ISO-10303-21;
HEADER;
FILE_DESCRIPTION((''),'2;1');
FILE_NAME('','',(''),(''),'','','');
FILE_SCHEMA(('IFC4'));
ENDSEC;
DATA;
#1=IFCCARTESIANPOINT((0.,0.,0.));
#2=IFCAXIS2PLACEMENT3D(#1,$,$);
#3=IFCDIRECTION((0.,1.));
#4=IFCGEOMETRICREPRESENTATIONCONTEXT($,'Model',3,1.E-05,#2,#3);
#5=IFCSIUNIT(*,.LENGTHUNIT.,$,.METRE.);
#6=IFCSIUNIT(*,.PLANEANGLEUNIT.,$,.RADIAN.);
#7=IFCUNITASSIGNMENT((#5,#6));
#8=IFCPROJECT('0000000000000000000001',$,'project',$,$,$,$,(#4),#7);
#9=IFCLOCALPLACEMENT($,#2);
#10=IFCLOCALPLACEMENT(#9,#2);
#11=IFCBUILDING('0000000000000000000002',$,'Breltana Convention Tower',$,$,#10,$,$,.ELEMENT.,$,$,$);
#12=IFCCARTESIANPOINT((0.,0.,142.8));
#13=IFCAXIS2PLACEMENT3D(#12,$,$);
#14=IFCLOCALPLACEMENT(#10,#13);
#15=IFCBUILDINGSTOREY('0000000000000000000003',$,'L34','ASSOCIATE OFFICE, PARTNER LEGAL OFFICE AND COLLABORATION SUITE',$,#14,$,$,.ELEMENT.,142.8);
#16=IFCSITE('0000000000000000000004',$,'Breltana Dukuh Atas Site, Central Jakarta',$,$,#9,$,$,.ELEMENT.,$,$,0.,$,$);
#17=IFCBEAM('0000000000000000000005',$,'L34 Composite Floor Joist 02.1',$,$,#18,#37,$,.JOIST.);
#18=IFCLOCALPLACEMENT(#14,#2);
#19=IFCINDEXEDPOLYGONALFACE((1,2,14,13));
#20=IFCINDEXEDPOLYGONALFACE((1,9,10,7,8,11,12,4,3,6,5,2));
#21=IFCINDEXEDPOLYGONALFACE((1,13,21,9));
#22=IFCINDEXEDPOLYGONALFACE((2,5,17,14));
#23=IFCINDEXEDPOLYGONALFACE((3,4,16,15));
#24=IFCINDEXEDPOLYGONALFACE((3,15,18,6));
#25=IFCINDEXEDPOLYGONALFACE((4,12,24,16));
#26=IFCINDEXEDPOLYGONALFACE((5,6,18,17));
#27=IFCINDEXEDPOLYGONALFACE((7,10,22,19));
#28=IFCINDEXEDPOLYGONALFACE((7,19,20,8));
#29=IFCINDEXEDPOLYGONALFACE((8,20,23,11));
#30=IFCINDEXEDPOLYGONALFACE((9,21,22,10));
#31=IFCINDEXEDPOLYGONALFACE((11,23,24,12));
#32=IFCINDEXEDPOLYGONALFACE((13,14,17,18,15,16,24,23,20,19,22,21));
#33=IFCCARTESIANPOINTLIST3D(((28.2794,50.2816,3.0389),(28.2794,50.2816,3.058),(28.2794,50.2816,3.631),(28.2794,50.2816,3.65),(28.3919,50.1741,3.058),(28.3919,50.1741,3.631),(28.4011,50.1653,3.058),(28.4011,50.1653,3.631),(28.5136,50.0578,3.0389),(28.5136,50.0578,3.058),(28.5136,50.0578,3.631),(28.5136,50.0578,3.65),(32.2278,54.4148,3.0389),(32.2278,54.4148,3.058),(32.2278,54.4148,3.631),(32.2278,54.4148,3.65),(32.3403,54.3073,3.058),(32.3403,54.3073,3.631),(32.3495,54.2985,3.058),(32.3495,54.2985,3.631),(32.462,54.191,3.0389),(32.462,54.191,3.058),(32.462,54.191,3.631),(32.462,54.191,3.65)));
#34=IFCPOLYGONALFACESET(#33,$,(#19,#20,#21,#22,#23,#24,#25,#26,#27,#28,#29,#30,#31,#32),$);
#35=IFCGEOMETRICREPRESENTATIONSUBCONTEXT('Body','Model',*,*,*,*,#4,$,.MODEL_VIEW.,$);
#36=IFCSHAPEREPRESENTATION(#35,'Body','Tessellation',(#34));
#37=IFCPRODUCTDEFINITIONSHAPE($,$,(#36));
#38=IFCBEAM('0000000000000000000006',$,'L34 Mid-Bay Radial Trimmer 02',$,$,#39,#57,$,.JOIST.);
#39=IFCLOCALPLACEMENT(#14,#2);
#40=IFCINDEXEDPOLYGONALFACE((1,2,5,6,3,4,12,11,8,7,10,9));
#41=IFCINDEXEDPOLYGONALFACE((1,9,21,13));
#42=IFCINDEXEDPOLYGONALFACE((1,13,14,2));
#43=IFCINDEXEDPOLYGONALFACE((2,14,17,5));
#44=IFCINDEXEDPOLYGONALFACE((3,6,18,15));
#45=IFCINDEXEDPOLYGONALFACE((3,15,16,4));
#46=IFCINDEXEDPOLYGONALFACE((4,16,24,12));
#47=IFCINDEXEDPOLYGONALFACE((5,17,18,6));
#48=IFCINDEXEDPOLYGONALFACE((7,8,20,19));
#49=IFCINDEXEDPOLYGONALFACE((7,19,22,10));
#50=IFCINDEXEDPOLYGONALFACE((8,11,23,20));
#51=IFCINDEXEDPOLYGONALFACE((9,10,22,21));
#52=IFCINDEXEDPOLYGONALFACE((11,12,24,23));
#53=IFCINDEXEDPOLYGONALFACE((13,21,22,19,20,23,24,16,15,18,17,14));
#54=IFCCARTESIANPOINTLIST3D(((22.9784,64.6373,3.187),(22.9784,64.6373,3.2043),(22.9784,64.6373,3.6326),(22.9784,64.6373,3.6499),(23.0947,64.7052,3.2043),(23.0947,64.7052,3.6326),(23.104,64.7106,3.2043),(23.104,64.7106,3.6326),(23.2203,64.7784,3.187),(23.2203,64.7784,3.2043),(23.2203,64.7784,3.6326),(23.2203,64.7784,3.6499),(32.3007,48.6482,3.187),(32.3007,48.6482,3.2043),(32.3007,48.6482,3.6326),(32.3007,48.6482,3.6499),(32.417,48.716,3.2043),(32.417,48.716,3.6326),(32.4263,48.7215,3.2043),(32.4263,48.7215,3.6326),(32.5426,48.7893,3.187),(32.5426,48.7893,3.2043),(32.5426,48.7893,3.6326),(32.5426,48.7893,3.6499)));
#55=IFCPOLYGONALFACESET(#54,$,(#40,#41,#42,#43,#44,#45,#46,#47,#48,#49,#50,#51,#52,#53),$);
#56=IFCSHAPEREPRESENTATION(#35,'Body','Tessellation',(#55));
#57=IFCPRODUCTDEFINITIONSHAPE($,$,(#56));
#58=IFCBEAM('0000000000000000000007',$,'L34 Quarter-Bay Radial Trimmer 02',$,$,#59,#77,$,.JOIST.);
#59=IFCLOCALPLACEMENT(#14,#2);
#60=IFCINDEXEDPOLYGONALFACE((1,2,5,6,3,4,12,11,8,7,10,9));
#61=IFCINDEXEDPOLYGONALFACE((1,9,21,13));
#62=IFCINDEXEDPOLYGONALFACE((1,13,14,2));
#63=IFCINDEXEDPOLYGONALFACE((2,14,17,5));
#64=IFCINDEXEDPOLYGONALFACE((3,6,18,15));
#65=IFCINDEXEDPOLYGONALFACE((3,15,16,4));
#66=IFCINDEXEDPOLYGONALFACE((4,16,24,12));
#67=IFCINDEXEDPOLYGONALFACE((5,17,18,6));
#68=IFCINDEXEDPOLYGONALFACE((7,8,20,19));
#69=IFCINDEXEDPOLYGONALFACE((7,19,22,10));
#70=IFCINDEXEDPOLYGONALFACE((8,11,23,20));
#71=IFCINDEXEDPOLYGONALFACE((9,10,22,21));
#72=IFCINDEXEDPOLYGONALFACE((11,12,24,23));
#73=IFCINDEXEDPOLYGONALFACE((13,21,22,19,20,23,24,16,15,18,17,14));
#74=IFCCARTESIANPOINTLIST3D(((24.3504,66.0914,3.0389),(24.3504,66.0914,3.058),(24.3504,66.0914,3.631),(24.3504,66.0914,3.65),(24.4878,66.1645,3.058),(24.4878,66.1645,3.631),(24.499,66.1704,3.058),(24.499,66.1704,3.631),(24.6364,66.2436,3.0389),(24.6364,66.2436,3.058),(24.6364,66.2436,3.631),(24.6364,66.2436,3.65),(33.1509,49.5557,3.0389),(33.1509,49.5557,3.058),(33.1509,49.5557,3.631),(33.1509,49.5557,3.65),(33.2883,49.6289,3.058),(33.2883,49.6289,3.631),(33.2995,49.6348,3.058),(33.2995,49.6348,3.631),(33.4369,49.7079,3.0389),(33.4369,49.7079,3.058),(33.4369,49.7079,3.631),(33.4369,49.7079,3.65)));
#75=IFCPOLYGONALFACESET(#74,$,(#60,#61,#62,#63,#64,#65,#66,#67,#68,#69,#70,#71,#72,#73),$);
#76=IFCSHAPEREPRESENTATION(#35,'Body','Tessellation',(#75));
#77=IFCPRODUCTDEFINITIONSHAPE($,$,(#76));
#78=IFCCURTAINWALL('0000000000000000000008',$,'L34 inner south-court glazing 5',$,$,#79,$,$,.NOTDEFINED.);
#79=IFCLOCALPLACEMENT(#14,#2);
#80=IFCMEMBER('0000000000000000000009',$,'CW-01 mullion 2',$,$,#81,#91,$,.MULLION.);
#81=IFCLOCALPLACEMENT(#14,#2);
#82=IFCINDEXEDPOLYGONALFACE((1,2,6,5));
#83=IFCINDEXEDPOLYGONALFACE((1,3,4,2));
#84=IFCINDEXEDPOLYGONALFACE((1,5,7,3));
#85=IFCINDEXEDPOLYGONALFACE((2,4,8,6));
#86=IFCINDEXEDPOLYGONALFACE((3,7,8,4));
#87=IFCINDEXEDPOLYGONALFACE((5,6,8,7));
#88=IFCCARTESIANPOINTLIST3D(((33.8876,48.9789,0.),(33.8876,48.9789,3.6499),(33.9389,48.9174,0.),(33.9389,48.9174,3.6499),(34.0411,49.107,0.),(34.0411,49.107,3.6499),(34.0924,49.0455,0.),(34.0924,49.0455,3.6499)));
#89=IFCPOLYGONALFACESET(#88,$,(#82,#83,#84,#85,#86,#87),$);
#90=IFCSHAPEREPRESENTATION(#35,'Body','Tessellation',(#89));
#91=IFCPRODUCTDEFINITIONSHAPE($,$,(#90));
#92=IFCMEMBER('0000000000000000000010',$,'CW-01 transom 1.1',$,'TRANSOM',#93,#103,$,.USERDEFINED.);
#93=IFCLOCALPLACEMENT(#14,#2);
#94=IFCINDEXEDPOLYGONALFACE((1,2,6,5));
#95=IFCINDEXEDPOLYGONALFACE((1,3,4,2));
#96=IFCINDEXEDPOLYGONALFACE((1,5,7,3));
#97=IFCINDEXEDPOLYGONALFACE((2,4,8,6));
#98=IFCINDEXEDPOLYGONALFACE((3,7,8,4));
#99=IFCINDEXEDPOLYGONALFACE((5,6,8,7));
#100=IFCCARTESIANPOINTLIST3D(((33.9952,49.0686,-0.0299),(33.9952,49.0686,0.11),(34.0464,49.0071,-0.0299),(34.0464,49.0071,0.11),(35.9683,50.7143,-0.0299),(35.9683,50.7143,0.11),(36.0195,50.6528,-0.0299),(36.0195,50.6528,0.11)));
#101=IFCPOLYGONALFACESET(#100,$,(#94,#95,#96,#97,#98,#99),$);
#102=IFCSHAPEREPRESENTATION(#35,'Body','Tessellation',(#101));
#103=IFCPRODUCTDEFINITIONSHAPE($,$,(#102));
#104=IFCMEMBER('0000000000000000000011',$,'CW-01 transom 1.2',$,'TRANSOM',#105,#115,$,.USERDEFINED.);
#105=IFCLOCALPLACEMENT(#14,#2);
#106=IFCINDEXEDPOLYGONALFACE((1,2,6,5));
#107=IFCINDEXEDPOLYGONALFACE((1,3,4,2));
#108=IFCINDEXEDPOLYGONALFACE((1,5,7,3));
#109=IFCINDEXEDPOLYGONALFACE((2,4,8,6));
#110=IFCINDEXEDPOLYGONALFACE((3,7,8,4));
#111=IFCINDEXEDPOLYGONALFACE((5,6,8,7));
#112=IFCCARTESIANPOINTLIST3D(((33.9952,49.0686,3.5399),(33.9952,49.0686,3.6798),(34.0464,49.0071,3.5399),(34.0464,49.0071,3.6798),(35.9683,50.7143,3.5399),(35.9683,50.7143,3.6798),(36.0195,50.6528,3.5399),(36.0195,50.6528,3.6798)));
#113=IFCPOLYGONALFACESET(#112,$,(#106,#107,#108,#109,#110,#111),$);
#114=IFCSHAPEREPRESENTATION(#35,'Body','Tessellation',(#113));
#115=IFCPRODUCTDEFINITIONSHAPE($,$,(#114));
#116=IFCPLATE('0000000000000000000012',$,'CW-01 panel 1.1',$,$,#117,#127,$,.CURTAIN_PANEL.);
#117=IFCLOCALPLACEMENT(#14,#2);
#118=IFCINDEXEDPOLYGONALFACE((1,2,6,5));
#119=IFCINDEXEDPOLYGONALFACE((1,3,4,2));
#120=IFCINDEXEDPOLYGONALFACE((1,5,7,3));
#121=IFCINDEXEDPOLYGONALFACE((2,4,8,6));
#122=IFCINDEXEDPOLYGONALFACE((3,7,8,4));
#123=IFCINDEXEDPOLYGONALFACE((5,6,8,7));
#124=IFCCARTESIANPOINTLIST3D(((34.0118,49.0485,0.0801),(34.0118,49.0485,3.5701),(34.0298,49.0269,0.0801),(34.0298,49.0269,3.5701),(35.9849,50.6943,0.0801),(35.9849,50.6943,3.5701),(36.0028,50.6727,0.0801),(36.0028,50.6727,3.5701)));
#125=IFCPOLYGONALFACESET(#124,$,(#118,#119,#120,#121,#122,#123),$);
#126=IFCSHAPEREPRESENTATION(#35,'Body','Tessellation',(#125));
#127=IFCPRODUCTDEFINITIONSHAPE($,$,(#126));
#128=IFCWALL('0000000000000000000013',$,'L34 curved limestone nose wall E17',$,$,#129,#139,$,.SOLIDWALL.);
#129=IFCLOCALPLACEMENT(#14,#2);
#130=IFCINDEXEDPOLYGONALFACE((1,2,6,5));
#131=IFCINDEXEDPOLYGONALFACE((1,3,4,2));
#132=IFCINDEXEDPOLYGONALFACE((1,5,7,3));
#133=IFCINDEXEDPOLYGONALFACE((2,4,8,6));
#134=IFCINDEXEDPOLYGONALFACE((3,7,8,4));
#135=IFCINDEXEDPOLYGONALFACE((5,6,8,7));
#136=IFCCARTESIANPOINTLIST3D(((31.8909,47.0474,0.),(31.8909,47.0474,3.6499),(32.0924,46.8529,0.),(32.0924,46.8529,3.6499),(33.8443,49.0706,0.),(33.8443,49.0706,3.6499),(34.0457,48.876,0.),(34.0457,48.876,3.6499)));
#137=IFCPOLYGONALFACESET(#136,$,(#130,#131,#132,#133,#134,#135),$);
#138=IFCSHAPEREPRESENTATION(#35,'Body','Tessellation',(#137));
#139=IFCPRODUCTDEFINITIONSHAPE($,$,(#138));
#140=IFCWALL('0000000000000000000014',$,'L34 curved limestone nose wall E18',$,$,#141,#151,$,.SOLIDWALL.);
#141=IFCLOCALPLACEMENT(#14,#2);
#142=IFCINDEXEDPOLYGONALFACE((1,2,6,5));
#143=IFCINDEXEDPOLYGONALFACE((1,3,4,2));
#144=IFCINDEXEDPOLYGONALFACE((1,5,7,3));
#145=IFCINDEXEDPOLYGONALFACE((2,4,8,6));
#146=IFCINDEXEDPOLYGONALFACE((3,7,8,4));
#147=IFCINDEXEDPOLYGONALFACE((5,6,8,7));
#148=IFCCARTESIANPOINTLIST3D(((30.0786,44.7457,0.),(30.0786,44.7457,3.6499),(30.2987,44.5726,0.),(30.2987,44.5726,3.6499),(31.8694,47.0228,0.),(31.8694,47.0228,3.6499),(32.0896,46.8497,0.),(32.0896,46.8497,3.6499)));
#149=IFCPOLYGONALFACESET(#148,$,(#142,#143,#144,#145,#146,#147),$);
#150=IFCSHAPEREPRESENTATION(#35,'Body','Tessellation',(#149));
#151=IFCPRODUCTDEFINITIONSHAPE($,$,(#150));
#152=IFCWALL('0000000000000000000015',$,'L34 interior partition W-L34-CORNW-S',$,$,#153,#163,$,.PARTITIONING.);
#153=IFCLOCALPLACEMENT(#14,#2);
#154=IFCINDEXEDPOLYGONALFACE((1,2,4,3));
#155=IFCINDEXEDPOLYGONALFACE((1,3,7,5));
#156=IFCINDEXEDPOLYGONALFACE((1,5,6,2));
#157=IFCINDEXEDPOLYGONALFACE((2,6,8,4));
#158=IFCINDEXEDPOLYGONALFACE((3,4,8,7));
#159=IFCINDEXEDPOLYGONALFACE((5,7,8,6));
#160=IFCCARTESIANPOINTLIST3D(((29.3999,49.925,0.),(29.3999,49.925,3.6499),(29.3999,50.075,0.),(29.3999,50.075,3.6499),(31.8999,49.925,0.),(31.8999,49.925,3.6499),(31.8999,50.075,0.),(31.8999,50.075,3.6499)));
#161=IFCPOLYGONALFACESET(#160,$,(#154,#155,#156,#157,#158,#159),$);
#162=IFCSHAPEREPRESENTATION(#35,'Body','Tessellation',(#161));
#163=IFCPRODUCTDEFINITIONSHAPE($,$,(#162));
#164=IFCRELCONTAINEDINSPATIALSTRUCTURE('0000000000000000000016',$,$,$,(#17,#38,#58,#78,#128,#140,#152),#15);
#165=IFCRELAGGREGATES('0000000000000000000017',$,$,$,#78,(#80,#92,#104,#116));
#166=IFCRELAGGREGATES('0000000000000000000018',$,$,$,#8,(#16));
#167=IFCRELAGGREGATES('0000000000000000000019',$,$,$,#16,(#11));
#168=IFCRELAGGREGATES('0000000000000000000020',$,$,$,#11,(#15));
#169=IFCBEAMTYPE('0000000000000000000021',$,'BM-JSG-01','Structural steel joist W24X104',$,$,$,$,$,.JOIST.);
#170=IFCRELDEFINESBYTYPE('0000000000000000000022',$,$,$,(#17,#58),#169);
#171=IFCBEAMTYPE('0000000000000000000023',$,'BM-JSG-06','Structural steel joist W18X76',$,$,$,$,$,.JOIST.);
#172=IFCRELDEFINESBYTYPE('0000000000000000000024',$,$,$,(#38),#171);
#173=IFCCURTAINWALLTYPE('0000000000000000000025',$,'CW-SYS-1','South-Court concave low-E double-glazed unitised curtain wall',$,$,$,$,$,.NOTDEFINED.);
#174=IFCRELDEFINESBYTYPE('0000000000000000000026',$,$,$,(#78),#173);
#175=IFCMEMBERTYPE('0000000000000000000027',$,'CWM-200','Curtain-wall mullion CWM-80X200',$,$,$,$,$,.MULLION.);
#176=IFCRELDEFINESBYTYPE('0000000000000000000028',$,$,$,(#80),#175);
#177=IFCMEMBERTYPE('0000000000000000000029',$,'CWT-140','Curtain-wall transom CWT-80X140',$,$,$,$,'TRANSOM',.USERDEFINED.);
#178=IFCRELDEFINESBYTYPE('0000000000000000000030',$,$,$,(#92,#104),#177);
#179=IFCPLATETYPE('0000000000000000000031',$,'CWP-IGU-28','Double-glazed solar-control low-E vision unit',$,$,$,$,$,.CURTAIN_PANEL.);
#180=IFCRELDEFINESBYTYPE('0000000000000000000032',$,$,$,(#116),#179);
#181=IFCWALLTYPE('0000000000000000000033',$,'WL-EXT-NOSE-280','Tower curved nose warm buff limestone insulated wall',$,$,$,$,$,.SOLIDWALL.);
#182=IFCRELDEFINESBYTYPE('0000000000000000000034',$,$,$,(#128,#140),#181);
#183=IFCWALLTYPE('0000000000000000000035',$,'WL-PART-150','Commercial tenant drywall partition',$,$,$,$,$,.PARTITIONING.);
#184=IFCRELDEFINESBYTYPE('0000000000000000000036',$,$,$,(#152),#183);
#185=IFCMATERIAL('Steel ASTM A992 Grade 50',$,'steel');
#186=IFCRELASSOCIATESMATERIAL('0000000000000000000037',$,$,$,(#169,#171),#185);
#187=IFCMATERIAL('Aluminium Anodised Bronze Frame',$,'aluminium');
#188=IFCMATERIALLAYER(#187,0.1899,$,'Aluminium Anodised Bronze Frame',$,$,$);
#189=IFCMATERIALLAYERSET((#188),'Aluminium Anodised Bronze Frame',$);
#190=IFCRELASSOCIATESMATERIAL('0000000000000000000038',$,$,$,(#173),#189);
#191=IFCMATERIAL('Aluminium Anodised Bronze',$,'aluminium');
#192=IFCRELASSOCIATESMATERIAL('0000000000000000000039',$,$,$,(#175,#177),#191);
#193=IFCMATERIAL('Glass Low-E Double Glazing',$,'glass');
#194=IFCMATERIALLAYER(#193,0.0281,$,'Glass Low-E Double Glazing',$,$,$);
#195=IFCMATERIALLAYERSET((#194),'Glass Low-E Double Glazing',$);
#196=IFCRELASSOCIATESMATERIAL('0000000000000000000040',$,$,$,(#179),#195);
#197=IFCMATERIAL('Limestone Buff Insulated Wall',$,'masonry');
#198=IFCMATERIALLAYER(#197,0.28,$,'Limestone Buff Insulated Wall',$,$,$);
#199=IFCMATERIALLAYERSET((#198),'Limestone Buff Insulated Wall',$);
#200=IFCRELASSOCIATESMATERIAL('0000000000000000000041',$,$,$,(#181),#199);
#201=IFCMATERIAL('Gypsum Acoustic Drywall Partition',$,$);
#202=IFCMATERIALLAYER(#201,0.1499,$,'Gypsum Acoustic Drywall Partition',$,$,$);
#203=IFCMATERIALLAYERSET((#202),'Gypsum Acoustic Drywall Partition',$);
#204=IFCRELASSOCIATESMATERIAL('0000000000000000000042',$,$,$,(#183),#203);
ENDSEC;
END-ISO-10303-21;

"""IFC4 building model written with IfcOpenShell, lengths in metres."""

from ifc_helpers import new_model, si_unit, direction, frame, frame_2d, origin, origin_2d, place, context, subcontext, project, spatial, rectangle, i_section, extrude, source, transform, mapped, material, layer, layer_set, material_profile, profile_set, type_object, element, aggregate, save


model = new_model("IFC4")

# Units and contexts
model_context = context("Model", 3, precision=1e-05, world=origin(), true_north=direction((0.0, 1.0)))
body_context = subcontext(model_context, "Body", "Model", "MODEL_VIEW")
ifc_project = project(units=[si_unit("LENGTHUNIT", "METRE"), si_unit("PLANEANGLEUNIT", "RADIAN")], contexts=[model_context])

# Site, building, storey
site_placement = place(None, origin())
site = spatial("IfcSite", under=ifc_project, at=site_placement, Name="Breltana Dukuh Atas Site, Central Jakarta", CompositionType="ELEMENT", RefElevation=0.0)
building_placement = place(site_placement, origin())
building = spatial("IfcBuilding", under=site, at=building_placement, Name="Breltana Convention Tower", CompositionType="ELEMENT")
storey_placement = place(building_placement, frame((0.0, 0.0, 142.8)))
storey = spatial("IfcBuildingStorey", under=building, at=storey_placement, Name="L34", Description="ASSOCIATE OFFICE, PARTNER LEGAL OFFICE AND COLLABORATION SUITE", CompositionType="ELEMENT", Elevation=142.8)

# Beams
ifc_material_1 = material(Name="Steel ASTM A992 Grade 50", Category="steel")
ifc_material_profile_1 = material_profile(ifc_material_1, i_section(OverallWidth=0.324, OverallDepth=0.6111, WebThickness=0.0127, FlangeThickness=0.019, at=origin_2d()), Name="W24X104")
ifc_profile_set_1 = profile_set([ifc_material_profile_1], Name="Steel ASTM A992 Grade 50")
beam_type_1 = type_object("IfcBeamType", Name="BM-JSG-01", Description="Structural steel joist W24X104", PredefinedType="JOIST", material=ifc_profile_set_1)
shared_shape_1 = source(origin(), body_context, "Body", "SweptSolid", [
    extrude(i_section(OverallWidth=0.324, OverallDepth=0.6111, WebThickness=0.0127, FlangeThickness=0.019, at=origin_2d()), origin(), (0.0, 0.0, 1.0), 5.7161),
])
beam_1_placement = place(storey_placement, frame((28.3965, 50.1697, 3.3445), z_axis=(0.690756, 0.723088, 0.0), x_axis=(-0.723088, 0.690756, 0.0)))
element("IfcBeam", 1, at=beam_1_placement, inside=storey, type_object=beam_type_1, Name="L34 Composite Floor Joist 02.1", PredefinedType="JOIST", context=body_context, shape_type="MappedRepresentation", body=[
    mapped(shared_shape_1, transform((0.0, 0.0, 0.0), scale=1.0)),
])
ifc_material_profile_2 = material_profile(ifc_material_1, i_section(OverallWidth=0.28, OverallDepth=0.4629, WebThickness=0.0107, FlangeThickness=0.0173, at=origin_2d()), Name="W18X76")
ifc_profile_set_2 = profile_set([ifc_material_profile_2], Name="Steel ASTM A992 Grade 50")
beam_type_2 = type_object("IfcBeamType", Name="BM-JSG-06", Description="Structural steel joist W18X76", PredefinedType="JOIST", material=ifc_profile_set_2)
shared_shape_2 = source(origin(), body_context, "Body", "SweptSolid", [
    extrude(i_section(OverallWidth=0.28, OverallDepth=0.4629, WebThickness=0.0107, FlangeThickness=0.0173, at=origin_2d()), origin(), (0.0, 0.0, 1.0), 18.5083),
])
beam_2_placement = place(storey_placement, frame((32.4216, 48.7188, 3.4185), z_axis=(-0.503683, 0.863888, 0.0), x_axis=(-0.863888, -0.503683, 0.0)))
element("IfcBeam", 2, at=beam_2_placement, inside=storey, type_object=beam_type_2, Name="L34 Mid-Bay Radial Trimmer 02", PredefinedType="JOIST", context=body_context, shape_type="MappedRepresentation", body=[
    mapped(shared_shape_2, transform((0.0, 0.0, 0.0), scale=1.0)),
])
shared_shape_3 = source(origin(), body_context, "Body", "SweptSolid", [
    extrude(i_section(OverallWidth=0.324, OverallDepth=0.6111, WebThickness=0.0127, FlangeThickness=0.019, at=origin_2d()), origin(), (0.0, 0.0, 1.0), 18.7317),
])
beam_3_placement = place(storey_placement, frame((33.2939, 49.6318, 3.3445), z_axis=(-0.46982, 0.882762, 0.0), x_axis=(-0.882762, -0.46982, 0.0)))
element("IfcBeam", 3, at=beam_3_placement, inside=storey, type_object=beam_type_1, Name="L34 Quarter-Bay Radial Trimmer 02", PredefinedType="JOIST", context=body_context, shape_type="MappedRepresentation", body=[
    mapped(shared_shape_3, transform((0.0, 0.0, 0.0), scale=1.0)),
])

# Curtain wall, members, plate
ifc_material_2 = material(Name="Aluminium Anodised Bronze Frame", Category="aluminium")
ifc_layer_1 = layer(ifc_material_2, 0.1899, Name="Aluminium Anodised Bronze Frame")
ifc_layer_set_1 = layer_set([ifc_layer_1], Name="Aluminium Anodised Bronze Frame")
curtain_wall_type = type_object("IfcCurtainWallType", Name="CW-SYS-1", Description="South-Court concave low-E double-glazed unitised curtain wall", PredefinedType="NOTDEFINED", material=ifc_layer_set_1)
curtain_wall_placement = place(storey_placement, origin())
curtain_wall = element("IfcCurtainWall", 4, at=curtain_wall_placement, inside=storey, type_object=curtain_wall_type, Name="L34 inner south-court glazing 5", PredefinedType="NOTDEFINED")
ifc_material_3 = material(Name="Aluminium Anodised Bronze", Category="aluminium")
ifc_material_profile_3 = material_profile(ifc_material_3, rectangle(XDim=0.0801, YDim=0.2, at=origin_2d()), Name="CWM-80X200")
ifc_profile_set_3 = profile_set([ifc_material_profile_3], Name="Aluminium Anodised Bronze")
member_type_1 = type_object("IfcMemberType", Name="CWM-200", Description="Curtain-wall mullion CWM-80X200", PredefinedType="MULLION", material=ifc_profile_set_3)
shared_shape_4 = source(origin(), body_context, "Body", "SweptSolid", [
    extrude(rectangle(XDim=0.0801, YDim=0.2, at=origin_2d()), origin(), (0.0, 0.0, 1.0), 3.6499),
])
member_1_placement = place(storey_placement, frame((33.99, 49.0122, 0.0), z_axis=(0.0, 0.0, 1.0), x_axis=(0.640537, -0.767927, 0.0)))
member_1 = element("IfcMember", 5, at=member_1_placement, type_object=member_type_1, Name="CW-01 mullion 2", PredefinedType="MULLION", context=body_context, shape_type="MappedRepresentation", body=[
    mapped(shared_shape_4, transform((0.0, 0.0, 0.0), scale=1.0)),
])
ifc_material_profile_4 = material_profile(ifc_material_3, rectangle(XDim=0.0801, YDim=0.1399, at=origin_2d()), Name="CWT-80X140")
ifc_profile_set_4 = profile_set([ifc_material_profile_4], Name="Aluminium Anodised Bronze")
member_type_2 = type_object("IfcMemberType", Name="CWT-140", Description="Curtain-wall transom CWT-80X140", ElementType="TRANSOM", PredefinedType="USERDEFINED", material=ifc_profile_set_4)
shared_shape_5 = source(origin(), body_context, "Body", "SweptSolid", [
    extrude(rectangle(XDim=0.0801, YDim=0.1399, at=origin_2d()), origin(), (0.0, 0.0, 1.0), 2.5693),
])
member_2_placement = place(storey_placement, frame((35.9939, 50.6836, 0.04), z_axis=(-0.767941, -0.640521, 0.0), x_axis=(0.640521, -0.767941, 0.0)))
member_2 = element("IfcMember", 6, at=member_2_placement, type_object=member_type_2, Name="CW-01 transom 1.1", ObjectType="TRANSOM", PredefinedType="USERDEFINED", context=body_context, shape_type="MappedRepresentation", body=[
    mapped(shared_shape_5, transform((0.0, 0.0, 0.0), scale=1.0)),
])
member_3_placement = place(storey_placement, frame((35.9939, 50.6836, 3.6099), z_axis=(-0.767941, -0.640521, 0.0), x_axis=(0.640521, -0.767941, 0.0)))
member_3 = element("IfcMember", 7, at=member_3_placement, type_object=member_type_2, Name="CW-01 transom 1.2", ObjectType="TRANSOM", PredefinedType="USERDEFINED", context=body_context, shape_type="MappedRepresentation", body=[
    mapped(shared_shape_5, transform((0.0, 0.0, 0.0), scale=1.0)),
])
ifc_material_4 = material(Name="Glass Low-E Double Glazing", Category="glass")
ifc_layer_2 = layer(ifc_material_4, 0.0281, Name="Glass Low-E Double Glazing")
ifc_layer_set_2 = layer_set([ifc_layer_2], Name="Glass Low-E Double Glazing")
plate_type = type_object("IfcPlateType", Name="CWP-IGU-28", Description="Double-glazed solar-control low-E vision unit", PredefinedType="CURTAIN_PANEL", material=ifc_layer_set_2)
shared_shape_6 = source(origin(), body_context, "Body", "SweptSolid", [
    extrude(rectangle(XDim=2.5693, YDim=0.0281, at=origin_2d()), origin(), (0.0, 0.0, 1.0), 3.49),
])
plate_placement = place(storey_placement, frame((35.0073, 49.8606, 0.0801), z_axis=(0.0, 0.0, 1.0), x_axis=(-0.767927, -0.640537, 0.0)))
plate = element("IfcPlate", 8, at=plate_placement, type_object=plate_type, Name="CW-01 panel 1.1", PredefinedType="CURTAIN_PANEL", context=body_context, shape_type="MappedRepresentation", body=[
    mapped(shared_shape_6, transform((0.0, 0.0, 0.0), scale=1.0)),
])
aggregate(curtain_wall, [member_1, member_2, member_3, plate])

# Walls
ifc_material_5 = material(Name="Limestone Buff Insulated Wall", Category="masonry")
ifc_layer_3 = layer(ifc_material_5, 0.28, Name="Limestone Buff Insulated Wall")
ifc_layer_set_3 = layer_set([ifc_layer_3], Name="Limestone Buff Insulated Wall")
wall_type_1 = type_object("IfcWallType", Name="WL-EXT-NOSE-280", Description="Tower curved nose warm buff limestone insulated wall", PredefinedType="SOLIDWALL", material=ifc_layer_set_3)
shared_shape_7 = source(origin(), body_context, "Body", "SweptSolid", [
    extrude(rectangle(XDim=2.8123, YDim=0.28, at=frame_2d((1.4062, 0.0))), origin(), (0.0, 0.0, 1.0), 3.6499),
])
wall_1_placement = place(storey_placement, frame((33.9451, 48.9734, 0.0), z_axis=(0.0, 0.0, 1.0), x_axis=(-0.694584, -0.719412, 0.0)))
element("IfcWall", 9, at=wall_1_placement, inside=storey, type_object=wall_type_1, Name="L34 curved limestone nose wall E17", PredefinedType="SOLIDWALL", context=body_context, shape_type="MappedRepresentation", body=[
    mapped(shared_shape_7, transform((0.0, 0.0, 0.0), scale=1.0)),
])
shared_shape_8 = source(origin(), body_context, "Body", "SweptSolid", [
    extrude(rectangle(XDim=2.897, YDim=0.28, at=frame_2d((1.4485, 0.0))), origin(), (0.0, 0.0, 1.0), 3.6499),
])
wall_2_placement = place(storey_placement, frame((31.9795, 46.9363, 0.0), z_axis=(0.0, 0.0, 1.0), x_axis=(-0.618168, -0.786046, 0.0)))
element("IfcWall", 10, at=wall_2_placement, inside=storey, type_object=wall_type_1, Name="L34 curved limestone nose wall E18", PredefinedType="SOLIDWALL", context=body_context, shape_type="MappedRepresentation", body=[
    mapped(shared_shape_8, transform((0.0, 0.0, 0.0), scale=1.0)),
])
ifc_material_6 = material(Name="Gypsum Acoustic Drywall Partition")
ifc_layer_4 = layer(ifc_material_6, 0.1499, Name="Gypsum Acoustic Drywall Partition")
ifc_layer_set_4 = layer_set([ifc_layer_4], Name="Gypsum Acoustic Drywall Partition")
wall_type_2 = type_object("IfcWallType", Name="WL-PART-150", Description="Commercial tenant drywall partition", PredefinedType="PARTITIONING", material=ifc_layer_set_4)
shared_shape_9 = source(origin(), body_context, "Body", "SweptSolid", [
    extrude(rectangle(XDim=2.5, YDim=0.1499, at=frame_2d((1.25, 0.0))), origin(), (0.0, 0.0, 1.0), 3.6499),
])
wall_3_placement = place(storey_placement, frame((29.3999, 50.0, 0.0), z_axis=(0.0, 0.0, 1.0), x_axis=(1.0, 0.0, 0.0)))
element("IfcWall", 11, at=wall_3_placement, inside=storey, type_object=wall_type_2, Name="L34 interior partition W-L34-CORNW-S", PredefinedType="PARTITIONING", context=body_context, shape_type="MappedRepresentation", body=[
    mapped(shared_shape_9, transform((0.0, 0.0, 0.0), scale=1.0)),
])

save(model, "model.ifc")
